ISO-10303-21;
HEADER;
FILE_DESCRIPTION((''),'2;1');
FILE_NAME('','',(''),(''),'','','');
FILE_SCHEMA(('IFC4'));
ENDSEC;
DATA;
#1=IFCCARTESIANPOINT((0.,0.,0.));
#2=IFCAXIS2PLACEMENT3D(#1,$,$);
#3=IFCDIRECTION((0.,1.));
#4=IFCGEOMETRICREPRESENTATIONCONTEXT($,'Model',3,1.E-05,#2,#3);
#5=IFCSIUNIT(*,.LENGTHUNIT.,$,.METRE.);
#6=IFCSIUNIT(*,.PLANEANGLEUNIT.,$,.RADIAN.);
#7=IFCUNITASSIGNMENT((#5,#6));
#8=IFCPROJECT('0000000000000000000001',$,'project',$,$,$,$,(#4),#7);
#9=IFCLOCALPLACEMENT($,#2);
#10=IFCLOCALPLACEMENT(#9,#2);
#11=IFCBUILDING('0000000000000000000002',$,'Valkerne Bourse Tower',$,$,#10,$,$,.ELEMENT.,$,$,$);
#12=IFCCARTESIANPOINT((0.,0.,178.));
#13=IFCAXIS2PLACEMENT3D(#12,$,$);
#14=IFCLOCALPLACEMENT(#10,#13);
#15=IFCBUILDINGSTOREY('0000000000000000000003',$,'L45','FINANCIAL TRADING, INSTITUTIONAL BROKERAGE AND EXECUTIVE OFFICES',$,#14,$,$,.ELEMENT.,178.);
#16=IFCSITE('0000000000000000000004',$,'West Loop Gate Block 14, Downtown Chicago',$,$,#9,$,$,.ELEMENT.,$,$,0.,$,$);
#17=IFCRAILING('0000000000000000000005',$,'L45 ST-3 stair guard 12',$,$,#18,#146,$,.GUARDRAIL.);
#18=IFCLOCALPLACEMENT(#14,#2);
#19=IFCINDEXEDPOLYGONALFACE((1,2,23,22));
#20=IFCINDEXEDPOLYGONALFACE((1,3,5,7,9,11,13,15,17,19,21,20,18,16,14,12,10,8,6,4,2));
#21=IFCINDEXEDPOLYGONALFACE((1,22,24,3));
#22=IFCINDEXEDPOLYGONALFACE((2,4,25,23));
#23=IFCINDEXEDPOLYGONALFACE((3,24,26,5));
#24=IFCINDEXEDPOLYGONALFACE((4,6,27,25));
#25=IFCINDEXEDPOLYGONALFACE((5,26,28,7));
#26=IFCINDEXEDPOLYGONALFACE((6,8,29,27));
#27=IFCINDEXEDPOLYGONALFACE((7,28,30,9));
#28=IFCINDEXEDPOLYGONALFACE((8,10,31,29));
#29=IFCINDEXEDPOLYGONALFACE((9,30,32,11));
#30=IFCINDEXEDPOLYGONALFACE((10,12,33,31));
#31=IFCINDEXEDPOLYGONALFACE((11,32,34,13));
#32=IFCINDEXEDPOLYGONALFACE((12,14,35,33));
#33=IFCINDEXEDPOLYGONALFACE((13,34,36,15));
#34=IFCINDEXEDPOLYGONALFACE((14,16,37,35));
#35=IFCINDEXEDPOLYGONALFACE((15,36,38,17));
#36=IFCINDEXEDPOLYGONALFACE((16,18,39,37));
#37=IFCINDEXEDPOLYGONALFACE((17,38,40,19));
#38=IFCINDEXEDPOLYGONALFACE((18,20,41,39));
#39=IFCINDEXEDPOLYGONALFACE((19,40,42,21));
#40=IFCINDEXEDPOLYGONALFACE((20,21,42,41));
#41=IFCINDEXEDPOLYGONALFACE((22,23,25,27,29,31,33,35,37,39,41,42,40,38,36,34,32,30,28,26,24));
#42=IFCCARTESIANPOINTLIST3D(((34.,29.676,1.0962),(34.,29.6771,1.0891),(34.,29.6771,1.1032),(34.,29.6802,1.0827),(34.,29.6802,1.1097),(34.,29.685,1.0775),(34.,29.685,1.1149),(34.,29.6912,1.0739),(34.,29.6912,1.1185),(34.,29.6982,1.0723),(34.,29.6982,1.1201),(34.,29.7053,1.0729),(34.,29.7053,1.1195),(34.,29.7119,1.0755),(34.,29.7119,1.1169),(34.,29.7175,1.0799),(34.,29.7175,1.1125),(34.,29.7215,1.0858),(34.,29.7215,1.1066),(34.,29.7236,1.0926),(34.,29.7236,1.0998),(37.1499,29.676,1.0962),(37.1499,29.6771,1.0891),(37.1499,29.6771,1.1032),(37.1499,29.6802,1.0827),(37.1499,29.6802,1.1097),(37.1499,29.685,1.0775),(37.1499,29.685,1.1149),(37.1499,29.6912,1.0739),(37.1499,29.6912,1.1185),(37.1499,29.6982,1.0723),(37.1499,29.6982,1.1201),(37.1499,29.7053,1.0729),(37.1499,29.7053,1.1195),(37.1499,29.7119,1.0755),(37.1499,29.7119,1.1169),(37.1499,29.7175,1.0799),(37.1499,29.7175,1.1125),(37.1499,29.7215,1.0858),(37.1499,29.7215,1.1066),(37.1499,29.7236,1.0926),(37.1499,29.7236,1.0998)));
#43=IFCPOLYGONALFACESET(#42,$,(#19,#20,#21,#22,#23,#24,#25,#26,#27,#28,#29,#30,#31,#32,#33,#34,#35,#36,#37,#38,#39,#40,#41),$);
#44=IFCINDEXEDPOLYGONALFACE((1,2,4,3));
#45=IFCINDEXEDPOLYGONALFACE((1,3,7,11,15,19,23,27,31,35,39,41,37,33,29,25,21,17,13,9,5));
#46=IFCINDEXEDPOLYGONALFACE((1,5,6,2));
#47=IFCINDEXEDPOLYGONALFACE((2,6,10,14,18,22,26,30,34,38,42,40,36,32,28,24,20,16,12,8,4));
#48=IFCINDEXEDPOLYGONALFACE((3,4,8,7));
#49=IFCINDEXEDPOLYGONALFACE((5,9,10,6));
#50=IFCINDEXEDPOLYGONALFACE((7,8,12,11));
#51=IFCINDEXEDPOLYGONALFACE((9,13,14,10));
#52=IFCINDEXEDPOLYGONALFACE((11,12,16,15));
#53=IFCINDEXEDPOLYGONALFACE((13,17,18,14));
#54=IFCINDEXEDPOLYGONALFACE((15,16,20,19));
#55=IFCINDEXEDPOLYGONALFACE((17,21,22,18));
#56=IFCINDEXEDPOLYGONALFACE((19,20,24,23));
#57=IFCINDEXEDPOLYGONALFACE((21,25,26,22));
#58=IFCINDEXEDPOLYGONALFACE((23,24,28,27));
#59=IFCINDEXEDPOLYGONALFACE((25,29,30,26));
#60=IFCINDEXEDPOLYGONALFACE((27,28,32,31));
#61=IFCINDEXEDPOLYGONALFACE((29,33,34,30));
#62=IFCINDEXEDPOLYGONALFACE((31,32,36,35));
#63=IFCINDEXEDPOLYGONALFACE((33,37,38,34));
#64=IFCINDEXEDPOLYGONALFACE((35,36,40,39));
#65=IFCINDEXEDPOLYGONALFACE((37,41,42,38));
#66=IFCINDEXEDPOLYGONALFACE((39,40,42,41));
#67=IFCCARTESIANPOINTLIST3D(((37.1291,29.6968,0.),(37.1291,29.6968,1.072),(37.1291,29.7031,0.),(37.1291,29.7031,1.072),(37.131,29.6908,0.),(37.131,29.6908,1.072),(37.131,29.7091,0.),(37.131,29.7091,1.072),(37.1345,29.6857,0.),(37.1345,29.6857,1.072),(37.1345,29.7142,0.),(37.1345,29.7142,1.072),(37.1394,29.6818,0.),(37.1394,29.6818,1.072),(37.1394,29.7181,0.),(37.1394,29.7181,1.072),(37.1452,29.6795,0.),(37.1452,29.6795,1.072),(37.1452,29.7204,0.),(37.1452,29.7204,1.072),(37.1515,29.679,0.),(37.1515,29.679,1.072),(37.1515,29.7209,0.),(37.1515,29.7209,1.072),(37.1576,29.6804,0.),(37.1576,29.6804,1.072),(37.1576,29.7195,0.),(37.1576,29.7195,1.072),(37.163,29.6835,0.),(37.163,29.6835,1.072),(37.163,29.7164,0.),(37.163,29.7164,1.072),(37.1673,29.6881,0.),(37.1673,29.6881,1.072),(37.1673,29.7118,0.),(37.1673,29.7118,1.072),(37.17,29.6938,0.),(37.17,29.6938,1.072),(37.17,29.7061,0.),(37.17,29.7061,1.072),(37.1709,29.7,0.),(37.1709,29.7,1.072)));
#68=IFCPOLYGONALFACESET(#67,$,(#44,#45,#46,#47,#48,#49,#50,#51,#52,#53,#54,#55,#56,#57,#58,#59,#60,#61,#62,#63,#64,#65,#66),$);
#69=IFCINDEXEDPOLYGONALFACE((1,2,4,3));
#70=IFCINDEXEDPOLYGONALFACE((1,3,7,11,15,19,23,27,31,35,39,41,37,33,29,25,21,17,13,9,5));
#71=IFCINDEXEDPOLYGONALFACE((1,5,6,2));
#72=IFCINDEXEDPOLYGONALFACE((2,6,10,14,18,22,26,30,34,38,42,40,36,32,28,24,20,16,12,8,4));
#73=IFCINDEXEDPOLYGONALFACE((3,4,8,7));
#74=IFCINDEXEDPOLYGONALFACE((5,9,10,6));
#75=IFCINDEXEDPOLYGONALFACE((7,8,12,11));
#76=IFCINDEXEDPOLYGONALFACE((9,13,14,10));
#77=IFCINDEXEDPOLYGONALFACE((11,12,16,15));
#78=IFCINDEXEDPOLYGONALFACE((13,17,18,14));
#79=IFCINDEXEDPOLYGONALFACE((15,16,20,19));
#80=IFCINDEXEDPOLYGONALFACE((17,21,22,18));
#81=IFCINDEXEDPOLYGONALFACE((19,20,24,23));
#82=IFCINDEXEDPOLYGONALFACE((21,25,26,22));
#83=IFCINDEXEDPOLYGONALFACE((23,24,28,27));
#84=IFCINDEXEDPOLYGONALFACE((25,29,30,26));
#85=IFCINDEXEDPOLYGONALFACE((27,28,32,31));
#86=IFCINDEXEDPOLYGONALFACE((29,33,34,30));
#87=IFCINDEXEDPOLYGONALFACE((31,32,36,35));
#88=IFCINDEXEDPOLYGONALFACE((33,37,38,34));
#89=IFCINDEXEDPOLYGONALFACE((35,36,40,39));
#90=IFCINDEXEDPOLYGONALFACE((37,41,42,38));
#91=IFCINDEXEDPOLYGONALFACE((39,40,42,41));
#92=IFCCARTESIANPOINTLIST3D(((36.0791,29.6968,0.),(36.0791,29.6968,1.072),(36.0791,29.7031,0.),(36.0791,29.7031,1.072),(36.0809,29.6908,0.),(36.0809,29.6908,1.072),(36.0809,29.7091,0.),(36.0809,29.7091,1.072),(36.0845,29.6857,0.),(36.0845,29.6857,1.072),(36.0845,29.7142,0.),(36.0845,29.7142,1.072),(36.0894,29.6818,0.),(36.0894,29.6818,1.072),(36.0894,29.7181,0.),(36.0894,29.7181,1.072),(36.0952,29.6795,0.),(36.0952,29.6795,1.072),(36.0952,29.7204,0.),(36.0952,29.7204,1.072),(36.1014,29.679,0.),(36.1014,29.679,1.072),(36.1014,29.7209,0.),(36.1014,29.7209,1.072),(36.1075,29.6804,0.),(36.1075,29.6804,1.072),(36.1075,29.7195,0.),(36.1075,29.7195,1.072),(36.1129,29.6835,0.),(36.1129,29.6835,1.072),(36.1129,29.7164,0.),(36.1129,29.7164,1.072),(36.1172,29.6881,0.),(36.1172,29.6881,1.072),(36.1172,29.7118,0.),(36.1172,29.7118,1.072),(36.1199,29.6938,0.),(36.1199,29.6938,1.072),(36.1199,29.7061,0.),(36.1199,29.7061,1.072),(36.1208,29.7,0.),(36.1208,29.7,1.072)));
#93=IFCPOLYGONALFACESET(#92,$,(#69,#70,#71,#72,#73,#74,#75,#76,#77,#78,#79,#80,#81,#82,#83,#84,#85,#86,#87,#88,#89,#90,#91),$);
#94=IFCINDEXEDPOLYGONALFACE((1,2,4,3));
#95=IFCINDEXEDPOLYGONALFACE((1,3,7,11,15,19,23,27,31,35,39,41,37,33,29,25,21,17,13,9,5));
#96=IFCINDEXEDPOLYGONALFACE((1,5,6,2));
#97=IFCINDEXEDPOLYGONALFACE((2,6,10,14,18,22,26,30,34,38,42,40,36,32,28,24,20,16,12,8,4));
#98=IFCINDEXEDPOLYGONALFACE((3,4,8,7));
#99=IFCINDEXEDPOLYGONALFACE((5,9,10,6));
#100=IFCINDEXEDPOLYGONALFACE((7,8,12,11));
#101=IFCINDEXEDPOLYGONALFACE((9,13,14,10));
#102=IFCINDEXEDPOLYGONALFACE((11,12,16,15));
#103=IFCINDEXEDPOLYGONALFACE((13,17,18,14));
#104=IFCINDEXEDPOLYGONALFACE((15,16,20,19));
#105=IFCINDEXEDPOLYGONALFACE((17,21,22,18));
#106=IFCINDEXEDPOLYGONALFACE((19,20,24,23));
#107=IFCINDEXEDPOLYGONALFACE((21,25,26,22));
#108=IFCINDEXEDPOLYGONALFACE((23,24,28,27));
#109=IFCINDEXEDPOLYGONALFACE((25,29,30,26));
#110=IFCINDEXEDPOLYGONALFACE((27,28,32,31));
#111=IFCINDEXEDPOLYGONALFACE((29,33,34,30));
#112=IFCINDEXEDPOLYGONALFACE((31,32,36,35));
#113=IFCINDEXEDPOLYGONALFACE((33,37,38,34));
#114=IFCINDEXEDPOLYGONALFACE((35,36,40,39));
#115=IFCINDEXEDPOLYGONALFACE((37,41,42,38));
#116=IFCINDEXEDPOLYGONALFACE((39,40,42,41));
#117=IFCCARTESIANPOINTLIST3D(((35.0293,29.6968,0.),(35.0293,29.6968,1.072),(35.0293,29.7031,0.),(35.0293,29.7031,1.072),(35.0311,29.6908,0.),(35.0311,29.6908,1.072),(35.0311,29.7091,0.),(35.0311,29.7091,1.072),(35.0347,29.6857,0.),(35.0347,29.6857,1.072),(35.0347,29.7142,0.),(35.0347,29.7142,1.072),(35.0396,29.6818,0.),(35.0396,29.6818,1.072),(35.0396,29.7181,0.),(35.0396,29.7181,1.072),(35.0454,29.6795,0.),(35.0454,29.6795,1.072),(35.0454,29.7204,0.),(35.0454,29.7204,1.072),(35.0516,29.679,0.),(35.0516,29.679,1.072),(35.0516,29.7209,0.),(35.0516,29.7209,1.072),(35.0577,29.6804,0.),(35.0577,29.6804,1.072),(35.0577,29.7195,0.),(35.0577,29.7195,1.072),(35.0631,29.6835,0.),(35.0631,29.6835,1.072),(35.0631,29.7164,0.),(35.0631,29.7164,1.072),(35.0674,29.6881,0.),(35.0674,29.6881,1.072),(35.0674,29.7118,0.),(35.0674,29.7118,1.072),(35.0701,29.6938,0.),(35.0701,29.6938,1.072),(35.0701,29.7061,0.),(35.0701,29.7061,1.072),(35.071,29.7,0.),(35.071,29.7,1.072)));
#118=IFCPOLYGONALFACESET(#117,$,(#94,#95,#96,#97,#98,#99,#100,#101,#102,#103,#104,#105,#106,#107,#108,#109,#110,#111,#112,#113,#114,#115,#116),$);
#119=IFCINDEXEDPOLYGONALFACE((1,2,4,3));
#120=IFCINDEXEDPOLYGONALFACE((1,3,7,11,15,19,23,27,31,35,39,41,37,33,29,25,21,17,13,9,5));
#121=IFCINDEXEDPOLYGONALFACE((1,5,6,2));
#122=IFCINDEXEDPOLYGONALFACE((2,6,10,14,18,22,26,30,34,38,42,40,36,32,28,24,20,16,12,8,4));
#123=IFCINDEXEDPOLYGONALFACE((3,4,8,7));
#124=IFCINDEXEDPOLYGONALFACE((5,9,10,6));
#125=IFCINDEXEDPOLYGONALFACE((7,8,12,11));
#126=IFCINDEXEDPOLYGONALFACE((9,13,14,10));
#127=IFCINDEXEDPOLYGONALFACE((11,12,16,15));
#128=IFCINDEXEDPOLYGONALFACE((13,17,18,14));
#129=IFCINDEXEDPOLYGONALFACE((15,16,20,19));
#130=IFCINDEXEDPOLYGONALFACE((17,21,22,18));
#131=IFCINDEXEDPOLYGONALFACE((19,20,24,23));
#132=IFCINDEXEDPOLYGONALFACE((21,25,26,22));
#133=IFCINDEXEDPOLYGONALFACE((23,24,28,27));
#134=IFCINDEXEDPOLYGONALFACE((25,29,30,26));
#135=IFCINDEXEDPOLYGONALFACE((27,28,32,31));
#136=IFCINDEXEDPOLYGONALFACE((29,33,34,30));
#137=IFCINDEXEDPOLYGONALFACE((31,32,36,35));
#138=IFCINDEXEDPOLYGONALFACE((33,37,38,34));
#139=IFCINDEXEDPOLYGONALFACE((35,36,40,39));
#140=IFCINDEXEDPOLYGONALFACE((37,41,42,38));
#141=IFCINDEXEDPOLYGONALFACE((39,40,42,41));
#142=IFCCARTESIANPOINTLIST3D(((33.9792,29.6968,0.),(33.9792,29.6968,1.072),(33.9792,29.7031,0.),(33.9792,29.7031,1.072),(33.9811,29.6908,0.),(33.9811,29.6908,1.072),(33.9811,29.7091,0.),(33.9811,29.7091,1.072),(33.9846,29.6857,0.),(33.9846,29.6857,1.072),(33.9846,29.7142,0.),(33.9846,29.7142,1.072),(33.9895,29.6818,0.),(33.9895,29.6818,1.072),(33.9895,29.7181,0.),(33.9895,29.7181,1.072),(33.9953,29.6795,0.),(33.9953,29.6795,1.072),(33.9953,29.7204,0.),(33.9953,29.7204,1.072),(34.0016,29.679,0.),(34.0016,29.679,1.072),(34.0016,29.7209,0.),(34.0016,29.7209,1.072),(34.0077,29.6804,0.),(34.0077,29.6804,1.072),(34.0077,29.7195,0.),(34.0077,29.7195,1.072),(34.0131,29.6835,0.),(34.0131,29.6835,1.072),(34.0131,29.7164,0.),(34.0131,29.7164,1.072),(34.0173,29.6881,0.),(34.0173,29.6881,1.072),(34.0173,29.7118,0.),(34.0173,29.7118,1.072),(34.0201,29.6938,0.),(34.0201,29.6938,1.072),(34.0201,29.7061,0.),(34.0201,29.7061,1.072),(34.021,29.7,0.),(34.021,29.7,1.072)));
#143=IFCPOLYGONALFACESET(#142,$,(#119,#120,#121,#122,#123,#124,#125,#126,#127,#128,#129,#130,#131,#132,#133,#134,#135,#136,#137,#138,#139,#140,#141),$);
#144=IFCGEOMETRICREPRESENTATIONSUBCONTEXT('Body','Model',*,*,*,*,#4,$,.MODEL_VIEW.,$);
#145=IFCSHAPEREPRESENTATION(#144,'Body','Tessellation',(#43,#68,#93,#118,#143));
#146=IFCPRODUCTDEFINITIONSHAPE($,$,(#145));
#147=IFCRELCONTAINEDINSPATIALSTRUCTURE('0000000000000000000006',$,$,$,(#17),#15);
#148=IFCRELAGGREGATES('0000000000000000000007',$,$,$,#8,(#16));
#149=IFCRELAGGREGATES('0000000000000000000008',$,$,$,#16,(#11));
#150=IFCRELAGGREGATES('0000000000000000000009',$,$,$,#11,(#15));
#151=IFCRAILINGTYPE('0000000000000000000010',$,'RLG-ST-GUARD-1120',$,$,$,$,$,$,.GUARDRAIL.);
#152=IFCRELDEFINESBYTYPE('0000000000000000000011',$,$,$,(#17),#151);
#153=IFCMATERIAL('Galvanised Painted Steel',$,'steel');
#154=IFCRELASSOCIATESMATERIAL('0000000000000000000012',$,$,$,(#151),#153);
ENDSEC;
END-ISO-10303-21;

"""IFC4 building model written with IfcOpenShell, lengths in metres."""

from ifc_helpers import new_model, si_unit, direction, frame, origin, origin_2d, place, context, subcontext, project, spatial, circle, extrude, material, type_object, element, save


model = new_model("IFC4")

# Units and contexts
model_context = context("Model", 3, precision=1e-05, world=origin(), true_north=direction((0.0, 1.0)))
body_context = subcontext(model_context, "Body", "Model", "MODEL_VIEW")
ifc_project = project(units=[si_unit("LENGTHUNIT", "METRE"), si_unit("PLANEANGLEUNIT", "RADIAN")], contexts=[model_context])

# Site, building, storey
site_placement = place(None, origin())
site = spatial("IfcSite", under=ifc_project, at=site_placement, Name="West Loop Gate Block 14, Downtown Chicago", CompositionType="ELEMENT", RefElevation=0.0)
building_placement = place(site_placement, origin())
building = spatial("IfcBuilding", under=site, at=building_placement, Name="Valkerne Bourse Tower", CompositionType="ELEMENT")
storey_placement = place(building_placement, frame((0.0, 0.0, 178.0)))
storey = spatial("IfcBuildingStorey", under=building, at=storey_placement, Name="L45", Description="FINANCIAL TRADING, INSTITUTIONAL BROKERAGE AND EXECUTIVE OFFICES", CompositionType="ELEMENT", Elevation=178.0)

# Railing
ifc_material_1 = material(Name="Galvanised Painted Steel", Category="steel")
railing_type_1 = type_object("IfcRailingType", Name="RLG-ST-GUARD-1120", PredefinedType="GUARDRAIL", material=ifc_material_1)
railing_1_placement = place(storey_placement, frame((37.1499, 29.7, 0.0)))
element("IfcRailing", 1, at=railing_1_placement, inside=storey, type_object=railing_type_1, Name="L45 ST-3 stair guard 12", PredefinedType="GUARDRAIL", context=body_context, shape_type="SweptSolid", body=[
    extrude(circle(Radius=0.0239, at=origin_2d()), frame((0.0, 0.0, 1.0962), z_axis=(-1.0, 0.0, 0.0), x_axis=(0.0, -1.0, 0.0)), (0.0, 0.0, 1.0), 3.1499),
    extrude(circle(Radius=0.021, at=origin_2d()), origin(), (0.0, 0.0, 1.0), 1.072),
    extrude(circle(Radius=0.021, at=origin_2d()), frame((-1.05, 0.0, 0.0)), (0.0, 0.0, 1.0), 1.072),
    extrude(circle(Radius=0.021, at=origin_2d()), frame((-2.0999, 0.0, 0.0)), (0.0, 0.0, 1.0), 1.072),
    extrude(circle(Radius=0.021, at=origin_2d()), frame((-3.1499, 0.0, 0.0)), (0.0, 0.0, 1.0), 1.072),
])

save(model, "model.ifc")
